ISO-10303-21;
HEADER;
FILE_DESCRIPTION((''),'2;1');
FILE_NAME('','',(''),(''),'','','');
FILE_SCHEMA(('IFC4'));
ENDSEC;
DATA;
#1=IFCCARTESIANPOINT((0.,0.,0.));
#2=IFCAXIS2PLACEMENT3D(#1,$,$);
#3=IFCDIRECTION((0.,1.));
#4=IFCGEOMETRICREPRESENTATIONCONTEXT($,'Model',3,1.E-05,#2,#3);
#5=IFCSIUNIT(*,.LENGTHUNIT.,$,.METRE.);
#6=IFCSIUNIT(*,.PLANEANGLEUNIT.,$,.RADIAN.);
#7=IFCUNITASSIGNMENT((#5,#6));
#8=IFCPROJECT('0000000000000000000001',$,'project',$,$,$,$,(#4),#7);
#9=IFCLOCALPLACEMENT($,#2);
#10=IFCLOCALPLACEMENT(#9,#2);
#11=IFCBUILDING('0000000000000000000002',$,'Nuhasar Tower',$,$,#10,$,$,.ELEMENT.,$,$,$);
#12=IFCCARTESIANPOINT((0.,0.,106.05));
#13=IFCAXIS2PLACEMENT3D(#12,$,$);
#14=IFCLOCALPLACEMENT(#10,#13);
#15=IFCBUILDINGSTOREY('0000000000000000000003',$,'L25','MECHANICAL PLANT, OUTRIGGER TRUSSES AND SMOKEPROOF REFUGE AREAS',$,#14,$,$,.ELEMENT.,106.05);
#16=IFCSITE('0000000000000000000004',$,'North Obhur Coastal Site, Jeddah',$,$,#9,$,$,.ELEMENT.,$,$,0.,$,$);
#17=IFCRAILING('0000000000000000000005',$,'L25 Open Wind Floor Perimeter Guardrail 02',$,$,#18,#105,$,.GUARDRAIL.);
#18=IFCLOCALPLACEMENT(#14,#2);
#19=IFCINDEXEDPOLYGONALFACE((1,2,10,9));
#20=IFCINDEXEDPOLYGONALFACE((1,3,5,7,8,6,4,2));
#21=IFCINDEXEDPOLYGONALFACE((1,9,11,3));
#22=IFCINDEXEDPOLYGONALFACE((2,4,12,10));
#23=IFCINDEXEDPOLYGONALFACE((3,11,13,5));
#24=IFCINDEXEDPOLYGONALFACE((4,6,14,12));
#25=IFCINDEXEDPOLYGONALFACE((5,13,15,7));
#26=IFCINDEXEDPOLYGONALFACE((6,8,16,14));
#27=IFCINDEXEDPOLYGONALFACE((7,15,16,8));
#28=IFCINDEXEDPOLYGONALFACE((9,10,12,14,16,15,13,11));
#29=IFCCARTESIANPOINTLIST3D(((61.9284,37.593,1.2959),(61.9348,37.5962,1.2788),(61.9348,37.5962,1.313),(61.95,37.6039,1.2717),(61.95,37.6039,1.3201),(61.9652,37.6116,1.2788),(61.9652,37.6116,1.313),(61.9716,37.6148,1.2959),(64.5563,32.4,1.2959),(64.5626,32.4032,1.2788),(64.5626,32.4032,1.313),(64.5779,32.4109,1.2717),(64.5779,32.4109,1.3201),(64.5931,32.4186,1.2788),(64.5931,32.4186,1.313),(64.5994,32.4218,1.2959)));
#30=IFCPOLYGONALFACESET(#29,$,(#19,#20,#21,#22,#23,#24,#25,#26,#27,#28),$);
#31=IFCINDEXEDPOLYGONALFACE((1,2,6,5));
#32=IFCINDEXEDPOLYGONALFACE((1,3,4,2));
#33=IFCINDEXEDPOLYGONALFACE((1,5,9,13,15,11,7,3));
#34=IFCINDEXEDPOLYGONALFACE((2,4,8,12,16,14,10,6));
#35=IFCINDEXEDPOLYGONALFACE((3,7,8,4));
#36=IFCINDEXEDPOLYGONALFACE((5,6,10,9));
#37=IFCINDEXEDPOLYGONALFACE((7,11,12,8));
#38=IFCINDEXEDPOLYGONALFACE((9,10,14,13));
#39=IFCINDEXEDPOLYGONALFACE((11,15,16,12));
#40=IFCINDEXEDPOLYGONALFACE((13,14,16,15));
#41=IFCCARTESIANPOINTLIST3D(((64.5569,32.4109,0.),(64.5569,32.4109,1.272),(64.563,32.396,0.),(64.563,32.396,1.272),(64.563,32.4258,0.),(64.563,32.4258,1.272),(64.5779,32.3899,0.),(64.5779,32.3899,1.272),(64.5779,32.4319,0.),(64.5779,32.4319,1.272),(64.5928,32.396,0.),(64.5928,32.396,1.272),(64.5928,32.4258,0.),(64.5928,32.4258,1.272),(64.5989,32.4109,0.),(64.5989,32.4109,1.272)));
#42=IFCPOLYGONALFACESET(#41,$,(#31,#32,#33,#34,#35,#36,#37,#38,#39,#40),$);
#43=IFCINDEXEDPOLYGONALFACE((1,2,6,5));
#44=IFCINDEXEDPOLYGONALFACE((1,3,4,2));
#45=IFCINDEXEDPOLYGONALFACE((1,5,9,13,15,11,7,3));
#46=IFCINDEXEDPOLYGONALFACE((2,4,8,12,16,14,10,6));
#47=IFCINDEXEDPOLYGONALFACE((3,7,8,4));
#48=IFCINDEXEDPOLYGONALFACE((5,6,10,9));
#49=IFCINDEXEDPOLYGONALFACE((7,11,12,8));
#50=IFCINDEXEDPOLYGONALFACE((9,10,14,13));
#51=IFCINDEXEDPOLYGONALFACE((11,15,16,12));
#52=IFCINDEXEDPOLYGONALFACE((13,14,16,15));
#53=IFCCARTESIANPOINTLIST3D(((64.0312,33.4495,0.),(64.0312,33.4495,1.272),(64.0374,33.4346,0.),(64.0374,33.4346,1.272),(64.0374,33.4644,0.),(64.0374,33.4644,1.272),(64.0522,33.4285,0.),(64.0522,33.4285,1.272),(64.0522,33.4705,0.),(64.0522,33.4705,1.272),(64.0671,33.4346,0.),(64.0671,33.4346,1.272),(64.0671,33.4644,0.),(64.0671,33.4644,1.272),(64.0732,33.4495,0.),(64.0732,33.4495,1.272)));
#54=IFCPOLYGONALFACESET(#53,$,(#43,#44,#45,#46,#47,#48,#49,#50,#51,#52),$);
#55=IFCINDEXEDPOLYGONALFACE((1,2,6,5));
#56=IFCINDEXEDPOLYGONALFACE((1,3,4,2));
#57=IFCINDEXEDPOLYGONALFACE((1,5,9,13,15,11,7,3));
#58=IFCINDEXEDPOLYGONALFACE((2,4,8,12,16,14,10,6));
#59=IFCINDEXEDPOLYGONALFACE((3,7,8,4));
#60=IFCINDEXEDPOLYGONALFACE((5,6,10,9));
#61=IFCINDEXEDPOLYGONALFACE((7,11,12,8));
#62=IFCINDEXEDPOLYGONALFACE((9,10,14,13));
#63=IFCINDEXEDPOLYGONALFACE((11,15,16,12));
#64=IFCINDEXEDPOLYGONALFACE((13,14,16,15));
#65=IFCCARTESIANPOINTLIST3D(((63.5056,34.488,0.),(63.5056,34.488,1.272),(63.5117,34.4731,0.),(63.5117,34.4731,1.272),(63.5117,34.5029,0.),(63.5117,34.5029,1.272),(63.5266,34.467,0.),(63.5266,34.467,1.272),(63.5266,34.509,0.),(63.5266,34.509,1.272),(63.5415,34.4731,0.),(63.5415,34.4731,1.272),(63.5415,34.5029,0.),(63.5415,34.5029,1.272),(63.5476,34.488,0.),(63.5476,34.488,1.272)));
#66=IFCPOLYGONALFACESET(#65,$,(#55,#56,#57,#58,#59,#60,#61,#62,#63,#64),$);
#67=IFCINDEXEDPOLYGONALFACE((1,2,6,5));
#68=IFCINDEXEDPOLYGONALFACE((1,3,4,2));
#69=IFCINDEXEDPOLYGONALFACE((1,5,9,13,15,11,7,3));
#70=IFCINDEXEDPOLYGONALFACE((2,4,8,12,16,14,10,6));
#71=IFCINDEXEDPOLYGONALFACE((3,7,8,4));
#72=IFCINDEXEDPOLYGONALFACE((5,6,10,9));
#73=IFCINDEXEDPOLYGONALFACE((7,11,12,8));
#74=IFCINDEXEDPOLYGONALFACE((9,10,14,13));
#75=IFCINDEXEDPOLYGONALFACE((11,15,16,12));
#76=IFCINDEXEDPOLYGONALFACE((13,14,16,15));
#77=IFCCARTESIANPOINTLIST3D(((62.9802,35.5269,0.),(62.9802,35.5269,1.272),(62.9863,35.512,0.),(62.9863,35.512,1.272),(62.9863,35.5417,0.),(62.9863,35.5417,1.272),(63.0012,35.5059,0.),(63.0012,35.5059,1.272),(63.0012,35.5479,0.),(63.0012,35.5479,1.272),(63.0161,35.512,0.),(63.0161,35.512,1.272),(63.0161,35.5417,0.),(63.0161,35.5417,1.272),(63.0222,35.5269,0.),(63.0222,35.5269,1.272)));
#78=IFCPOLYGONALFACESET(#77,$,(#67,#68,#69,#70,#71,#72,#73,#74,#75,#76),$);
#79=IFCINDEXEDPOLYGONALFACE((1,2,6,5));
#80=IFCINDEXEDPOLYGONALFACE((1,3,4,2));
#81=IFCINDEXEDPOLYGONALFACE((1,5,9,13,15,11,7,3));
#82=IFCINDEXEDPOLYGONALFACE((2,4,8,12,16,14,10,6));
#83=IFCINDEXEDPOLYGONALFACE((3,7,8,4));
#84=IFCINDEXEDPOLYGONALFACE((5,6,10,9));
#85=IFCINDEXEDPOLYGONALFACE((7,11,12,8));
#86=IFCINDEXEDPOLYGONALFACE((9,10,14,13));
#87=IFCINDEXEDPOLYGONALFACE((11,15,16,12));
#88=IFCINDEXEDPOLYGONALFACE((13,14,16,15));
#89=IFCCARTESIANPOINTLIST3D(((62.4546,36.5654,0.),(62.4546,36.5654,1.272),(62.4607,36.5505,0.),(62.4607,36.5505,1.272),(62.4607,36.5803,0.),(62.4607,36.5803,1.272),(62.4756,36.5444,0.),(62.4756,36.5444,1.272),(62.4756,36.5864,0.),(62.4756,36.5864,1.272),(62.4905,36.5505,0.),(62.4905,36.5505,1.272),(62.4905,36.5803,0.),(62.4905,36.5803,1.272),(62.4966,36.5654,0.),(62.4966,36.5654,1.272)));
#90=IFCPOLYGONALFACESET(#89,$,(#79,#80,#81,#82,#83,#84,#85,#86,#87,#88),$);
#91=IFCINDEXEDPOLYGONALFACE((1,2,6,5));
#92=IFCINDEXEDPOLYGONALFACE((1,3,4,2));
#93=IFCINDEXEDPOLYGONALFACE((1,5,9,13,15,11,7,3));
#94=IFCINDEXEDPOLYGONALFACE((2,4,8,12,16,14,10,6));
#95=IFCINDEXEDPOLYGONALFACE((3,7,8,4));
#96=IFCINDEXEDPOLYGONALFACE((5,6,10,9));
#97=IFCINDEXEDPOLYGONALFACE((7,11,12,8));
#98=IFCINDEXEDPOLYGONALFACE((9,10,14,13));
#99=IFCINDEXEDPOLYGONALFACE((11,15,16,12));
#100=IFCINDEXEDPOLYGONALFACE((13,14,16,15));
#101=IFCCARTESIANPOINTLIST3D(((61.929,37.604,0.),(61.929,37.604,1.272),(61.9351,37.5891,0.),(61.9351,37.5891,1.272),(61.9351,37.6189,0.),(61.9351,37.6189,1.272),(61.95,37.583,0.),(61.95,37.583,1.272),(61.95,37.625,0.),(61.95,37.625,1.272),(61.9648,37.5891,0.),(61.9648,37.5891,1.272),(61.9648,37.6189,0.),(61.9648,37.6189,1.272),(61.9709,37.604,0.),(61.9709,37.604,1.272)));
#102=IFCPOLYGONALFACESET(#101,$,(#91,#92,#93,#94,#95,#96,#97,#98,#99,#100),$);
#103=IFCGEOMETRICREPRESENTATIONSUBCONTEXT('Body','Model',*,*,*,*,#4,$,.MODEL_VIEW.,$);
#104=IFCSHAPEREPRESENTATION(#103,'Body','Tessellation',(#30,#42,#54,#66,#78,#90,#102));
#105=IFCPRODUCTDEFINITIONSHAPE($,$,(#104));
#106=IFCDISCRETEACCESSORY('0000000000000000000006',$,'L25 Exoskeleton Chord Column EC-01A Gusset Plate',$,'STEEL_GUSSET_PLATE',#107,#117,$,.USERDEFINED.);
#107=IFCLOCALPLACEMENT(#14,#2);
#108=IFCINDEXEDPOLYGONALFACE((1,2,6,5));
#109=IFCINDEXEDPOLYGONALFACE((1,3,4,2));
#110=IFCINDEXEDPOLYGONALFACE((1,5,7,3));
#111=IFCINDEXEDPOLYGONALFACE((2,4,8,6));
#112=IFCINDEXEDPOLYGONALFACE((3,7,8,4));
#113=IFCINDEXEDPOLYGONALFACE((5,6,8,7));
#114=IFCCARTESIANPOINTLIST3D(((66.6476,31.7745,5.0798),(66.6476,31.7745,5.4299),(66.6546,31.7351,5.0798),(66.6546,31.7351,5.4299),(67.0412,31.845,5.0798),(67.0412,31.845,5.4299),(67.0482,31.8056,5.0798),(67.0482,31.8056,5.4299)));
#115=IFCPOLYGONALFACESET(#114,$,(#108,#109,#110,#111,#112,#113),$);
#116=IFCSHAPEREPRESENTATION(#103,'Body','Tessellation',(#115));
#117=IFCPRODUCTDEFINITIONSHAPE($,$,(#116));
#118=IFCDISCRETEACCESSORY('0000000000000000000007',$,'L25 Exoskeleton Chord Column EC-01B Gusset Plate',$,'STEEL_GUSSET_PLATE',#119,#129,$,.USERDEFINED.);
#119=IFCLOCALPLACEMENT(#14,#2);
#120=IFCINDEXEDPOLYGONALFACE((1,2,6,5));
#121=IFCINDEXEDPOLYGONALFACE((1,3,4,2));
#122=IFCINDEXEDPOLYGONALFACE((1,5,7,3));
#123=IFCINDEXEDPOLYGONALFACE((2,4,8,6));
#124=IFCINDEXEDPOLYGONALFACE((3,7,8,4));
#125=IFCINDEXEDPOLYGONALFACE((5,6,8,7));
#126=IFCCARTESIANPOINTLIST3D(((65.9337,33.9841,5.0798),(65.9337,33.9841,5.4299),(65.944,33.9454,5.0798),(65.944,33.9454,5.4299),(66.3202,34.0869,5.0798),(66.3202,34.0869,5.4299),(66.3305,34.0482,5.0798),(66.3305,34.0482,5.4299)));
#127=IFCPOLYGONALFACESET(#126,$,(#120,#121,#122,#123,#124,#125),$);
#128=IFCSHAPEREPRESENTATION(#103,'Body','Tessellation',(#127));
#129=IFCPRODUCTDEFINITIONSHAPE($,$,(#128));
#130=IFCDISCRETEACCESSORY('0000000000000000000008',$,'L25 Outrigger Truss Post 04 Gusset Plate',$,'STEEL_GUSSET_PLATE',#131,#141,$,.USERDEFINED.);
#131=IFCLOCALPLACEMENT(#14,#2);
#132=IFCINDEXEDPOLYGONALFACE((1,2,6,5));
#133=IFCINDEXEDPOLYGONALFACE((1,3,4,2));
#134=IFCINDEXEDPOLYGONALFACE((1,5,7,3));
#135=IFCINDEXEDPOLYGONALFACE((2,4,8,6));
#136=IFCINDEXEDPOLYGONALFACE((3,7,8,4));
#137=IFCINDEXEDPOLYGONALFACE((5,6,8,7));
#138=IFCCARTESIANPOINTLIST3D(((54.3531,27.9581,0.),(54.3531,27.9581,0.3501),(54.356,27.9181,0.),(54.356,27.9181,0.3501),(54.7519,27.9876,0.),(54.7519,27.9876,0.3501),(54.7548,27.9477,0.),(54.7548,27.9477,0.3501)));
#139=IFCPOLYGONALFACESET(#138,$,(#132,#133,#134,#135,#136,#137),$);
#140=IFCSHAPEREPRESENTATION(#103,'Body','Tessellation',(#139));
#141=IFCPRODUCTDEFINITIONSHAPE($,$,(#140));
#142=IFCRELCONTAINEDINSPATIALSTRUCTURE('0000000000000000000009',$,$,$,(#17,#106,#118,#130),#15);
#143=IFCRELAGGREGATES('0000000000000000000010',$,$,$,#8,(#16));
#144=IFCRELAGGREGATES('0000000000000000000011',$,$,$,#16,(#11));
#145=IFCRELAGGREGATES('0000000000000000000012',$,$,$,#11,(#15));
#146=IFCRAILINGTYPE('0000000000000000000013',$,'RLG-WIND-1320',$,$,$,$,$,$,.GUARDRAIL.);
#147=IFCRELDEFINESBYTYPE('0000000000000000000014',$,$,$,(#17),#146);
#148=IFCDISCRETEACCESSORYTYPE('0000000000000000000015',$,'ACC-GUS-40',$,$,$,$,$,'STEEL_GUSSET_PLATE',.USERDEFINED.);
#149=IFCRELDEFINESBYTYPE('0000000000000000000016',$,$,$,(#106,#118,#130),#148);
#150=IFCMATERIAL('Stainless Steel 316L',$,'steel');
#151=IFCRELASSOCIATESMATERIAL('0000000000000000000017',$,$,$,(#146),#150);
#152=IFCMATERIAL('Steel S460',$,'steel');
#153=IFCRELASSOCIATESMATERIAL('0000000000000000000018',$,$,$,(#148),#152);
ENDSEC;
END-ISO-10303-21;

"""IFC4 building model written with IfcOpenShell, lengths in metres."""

from ifc_helpers import new_model, si_unit, direction, frame, origin, origin_2d, place, context, subcontext, project, spatial, polyline, rectangle, outline, extrude, material, type_object, element, save


model = new_model("IFC4")

# Units and contexts
model_context = context("Model", 3, precision=1e-05, world=origin(), true_north=direction((0.0, 1.0)))
body_context = subcontext(model_context, "Body", "Model", "MODEL_VIEW")
ifc_project = project(units=[si_unit("LENGTHUNIT", "METRE"), si_unit("PLANEANGLEUNIT", "RADIAN")], contexts=[model_context])

# Site, building, storey
site_placement = place(None, origin())
site = spatial("IfcSite", under=ifc_project, at=site_placement, Name="North Obhur Coastal Site, Jeddah", CompositionType="ELEMENT", RefElevation=0.0)
building_placement = place(site_placement, origin())
building = spatial("IfcBuilding", under=site, at=building_placement, Name="Nuhasar Tower", CompositionType="ELEMENT")
storey_placement = place(building_placement, frame((0.0, 0.0, 106.05)))
storey = spatial("IfcBuildingStorey", under=building, at=storey_placement, Name="L25", Description="MECHANICAL PLANT, OUTRIGGER TRUSSES AND SMOKEPROOF REFUGE AREAS", CompositionType="ELEMENT", Elevation=106.05)

# Shared definitions
ifc_material_1 = material(Name="Steel S460", Category="steel")

# Railing
ifc_material_2 = material(Name="Stainless Steel 316L", Category="steel")
railing_type = type_object("IfcRailingType", Name="RLG-WIND-1320", PredefinedType="GUARDRAIL", material=ifc_material_2)
railing_1_placement = place(storey_placement, frame((64.5779, 32.4109, 0.0)))
element("IfcRailing", 1, at=railing_1_placement, inside=storey, type_object=railing_type, Name="L25 Open Wind Floor Perimeter Guardrail 02", PredefinedType="GUARDRAIL", context=body_context, shape_type="SweptSolid", body=[
    extrude(outline(polyline([(0.0242, 0.0), (0.0171, 0.0171), (0.0, 0.0242), (-0.0171, 0.0171), (-0.0242, 0.0), (-0.0171, -0.0171), (0.0, -0.0242), (0.0171, -0.0171), (0.0242, 0.0)])), frame((0.0, 0.0, 1.2959), z_axis=(-0.451521, 0.892261, 0.0), x_axis=(-0.892261, -0.451521, 0.0)), (0.0, 0.0, 1.0), 5.8201),
    extrude(outline(polyline([(0.021, 0.0), (0.0149, 0.0149), (0.0, 0.021), (-0.0149, 0.0149), (-0.021, 0.0), (-0.0149, -0.0149), (0.0, -0.021), (0.0149, -0.0149), (0.021, 0.0)])), origin(), (0.0, 0.0, 1.0), 1.272),
    extrude(outline(polyline([(0.021, 0.0), (0.0149, 0.0149), (0.0, 0.021), (-0.0149, 0.0149), (-0.021, 0.0), (-0.0149, -0.0149), (0.0, -0.021), (0.0149, -0.0149), (0.021, 0.0)])), frame((-0.5256, 1.0386, 0.0)), (0.0, 0.0, 1.0), 1.272),
    extrude(outline(polyline([(0.021, 0.0), (0.0149, 0.0149), (0.0, 0.021), (-0.0149, 0.0149), (-0.021, 0.0), (-0.0149, -0.0149), (0.0, -0.021), (0.0149, -0.0149), (0.021, 0.0)])), frame((-1.0513, 2.0771, 0.0)), (0.0, 0.0, 1.0), 1.272),
    extrude(outline(polyline([(0.021, 0.0), (0.0149, 0.0149), (0.0, 0.021), (-0.0149, 0.0149), (-0.021, 0.0), (-0.0149, -0.0149), (0.0, -0.021), (0.0149, -0.0149), (0.021, 0.0)])), frame((-1.5767, 3.116, 0.0)), (0.0, 0.0, 1.0), 1.272),
    extrude(outline(polyline([(0.021, 0.0), (0.0149, 0.0149), (0.0, 0.021), (-0.0149, 0.0149), (-0.021, 0.0), (-0.0149, -0.0149), (0.0, -0.021), (0.0149, -0.0149), (0.021, 0.0)])), frame((-2.1023, 4.1545, 0.0)), (0.0, 0.0, 1.0), 1.272),
    extrude(outline(polyline([(0.021, 0.0), (0.0149, 0.0149), (0.0, 0.021), (-0.0149, 0.0149), (-0.021, 0.0), (-0.0149, -0.0149), (0.0, -0.021), (0.0149, -0.0149), (0.021, 0.0)])), frame((-2.6279, 5.1931, 0.0)), (0.0, 0.0, 1.0), 1.272),
])

# Discrete accessories
discrete_accessory_type = type_object("IfcDiscreteAccessoryType", Name="ACC-GUS-40", ElementType="STEEL_GUSSET_PLATE", PredefinedType="USERDEFINED", material=ifc_material_1)
for number, where, z_axis, x_axis, name in (
    (2, (66.8479, 31.79, 5.0798), (0.0, 0.0, 1.0), (0.984322, 0.17638, 0.0), "L25 Exoskeleton Chord Column EC-01A Gusset Plate"),
    (3, (66.1321, 34.0161, 5.0798), (0.0, 0.0, 1.0), (0.966403, 0.257032, 0.0), "L25 Exoskeleton Chord Column EC-01B Gusset Plate"),
    (4, (54.554, 27.9529, 0.0), (0.0, 0.0, 1.0), (0.997263, 0.073934, 0.0), "L25 Outrigger Truss Post 04 Gusset Plate"),
):
    element("IfcDiscreteAccessory", number, at=place(storey_placement, frame(where, z_axis=z_axis, x_axis=x_axis)), inside=storey, type_object=discrete_accessory_type, Name=name, ObjectType="STEEL_GUSSET_PLATE", PredefinedType="USERDEFINED", context=body_context, shape_type="SweptSolid", body=[
        extrude(rectangle(XDim=0.3999, YDim=0.04, at=origin_2d()), origin(), (0.0, 0.0, 1.0), 0.3501),
    ])

save(model, "model.ifc")
